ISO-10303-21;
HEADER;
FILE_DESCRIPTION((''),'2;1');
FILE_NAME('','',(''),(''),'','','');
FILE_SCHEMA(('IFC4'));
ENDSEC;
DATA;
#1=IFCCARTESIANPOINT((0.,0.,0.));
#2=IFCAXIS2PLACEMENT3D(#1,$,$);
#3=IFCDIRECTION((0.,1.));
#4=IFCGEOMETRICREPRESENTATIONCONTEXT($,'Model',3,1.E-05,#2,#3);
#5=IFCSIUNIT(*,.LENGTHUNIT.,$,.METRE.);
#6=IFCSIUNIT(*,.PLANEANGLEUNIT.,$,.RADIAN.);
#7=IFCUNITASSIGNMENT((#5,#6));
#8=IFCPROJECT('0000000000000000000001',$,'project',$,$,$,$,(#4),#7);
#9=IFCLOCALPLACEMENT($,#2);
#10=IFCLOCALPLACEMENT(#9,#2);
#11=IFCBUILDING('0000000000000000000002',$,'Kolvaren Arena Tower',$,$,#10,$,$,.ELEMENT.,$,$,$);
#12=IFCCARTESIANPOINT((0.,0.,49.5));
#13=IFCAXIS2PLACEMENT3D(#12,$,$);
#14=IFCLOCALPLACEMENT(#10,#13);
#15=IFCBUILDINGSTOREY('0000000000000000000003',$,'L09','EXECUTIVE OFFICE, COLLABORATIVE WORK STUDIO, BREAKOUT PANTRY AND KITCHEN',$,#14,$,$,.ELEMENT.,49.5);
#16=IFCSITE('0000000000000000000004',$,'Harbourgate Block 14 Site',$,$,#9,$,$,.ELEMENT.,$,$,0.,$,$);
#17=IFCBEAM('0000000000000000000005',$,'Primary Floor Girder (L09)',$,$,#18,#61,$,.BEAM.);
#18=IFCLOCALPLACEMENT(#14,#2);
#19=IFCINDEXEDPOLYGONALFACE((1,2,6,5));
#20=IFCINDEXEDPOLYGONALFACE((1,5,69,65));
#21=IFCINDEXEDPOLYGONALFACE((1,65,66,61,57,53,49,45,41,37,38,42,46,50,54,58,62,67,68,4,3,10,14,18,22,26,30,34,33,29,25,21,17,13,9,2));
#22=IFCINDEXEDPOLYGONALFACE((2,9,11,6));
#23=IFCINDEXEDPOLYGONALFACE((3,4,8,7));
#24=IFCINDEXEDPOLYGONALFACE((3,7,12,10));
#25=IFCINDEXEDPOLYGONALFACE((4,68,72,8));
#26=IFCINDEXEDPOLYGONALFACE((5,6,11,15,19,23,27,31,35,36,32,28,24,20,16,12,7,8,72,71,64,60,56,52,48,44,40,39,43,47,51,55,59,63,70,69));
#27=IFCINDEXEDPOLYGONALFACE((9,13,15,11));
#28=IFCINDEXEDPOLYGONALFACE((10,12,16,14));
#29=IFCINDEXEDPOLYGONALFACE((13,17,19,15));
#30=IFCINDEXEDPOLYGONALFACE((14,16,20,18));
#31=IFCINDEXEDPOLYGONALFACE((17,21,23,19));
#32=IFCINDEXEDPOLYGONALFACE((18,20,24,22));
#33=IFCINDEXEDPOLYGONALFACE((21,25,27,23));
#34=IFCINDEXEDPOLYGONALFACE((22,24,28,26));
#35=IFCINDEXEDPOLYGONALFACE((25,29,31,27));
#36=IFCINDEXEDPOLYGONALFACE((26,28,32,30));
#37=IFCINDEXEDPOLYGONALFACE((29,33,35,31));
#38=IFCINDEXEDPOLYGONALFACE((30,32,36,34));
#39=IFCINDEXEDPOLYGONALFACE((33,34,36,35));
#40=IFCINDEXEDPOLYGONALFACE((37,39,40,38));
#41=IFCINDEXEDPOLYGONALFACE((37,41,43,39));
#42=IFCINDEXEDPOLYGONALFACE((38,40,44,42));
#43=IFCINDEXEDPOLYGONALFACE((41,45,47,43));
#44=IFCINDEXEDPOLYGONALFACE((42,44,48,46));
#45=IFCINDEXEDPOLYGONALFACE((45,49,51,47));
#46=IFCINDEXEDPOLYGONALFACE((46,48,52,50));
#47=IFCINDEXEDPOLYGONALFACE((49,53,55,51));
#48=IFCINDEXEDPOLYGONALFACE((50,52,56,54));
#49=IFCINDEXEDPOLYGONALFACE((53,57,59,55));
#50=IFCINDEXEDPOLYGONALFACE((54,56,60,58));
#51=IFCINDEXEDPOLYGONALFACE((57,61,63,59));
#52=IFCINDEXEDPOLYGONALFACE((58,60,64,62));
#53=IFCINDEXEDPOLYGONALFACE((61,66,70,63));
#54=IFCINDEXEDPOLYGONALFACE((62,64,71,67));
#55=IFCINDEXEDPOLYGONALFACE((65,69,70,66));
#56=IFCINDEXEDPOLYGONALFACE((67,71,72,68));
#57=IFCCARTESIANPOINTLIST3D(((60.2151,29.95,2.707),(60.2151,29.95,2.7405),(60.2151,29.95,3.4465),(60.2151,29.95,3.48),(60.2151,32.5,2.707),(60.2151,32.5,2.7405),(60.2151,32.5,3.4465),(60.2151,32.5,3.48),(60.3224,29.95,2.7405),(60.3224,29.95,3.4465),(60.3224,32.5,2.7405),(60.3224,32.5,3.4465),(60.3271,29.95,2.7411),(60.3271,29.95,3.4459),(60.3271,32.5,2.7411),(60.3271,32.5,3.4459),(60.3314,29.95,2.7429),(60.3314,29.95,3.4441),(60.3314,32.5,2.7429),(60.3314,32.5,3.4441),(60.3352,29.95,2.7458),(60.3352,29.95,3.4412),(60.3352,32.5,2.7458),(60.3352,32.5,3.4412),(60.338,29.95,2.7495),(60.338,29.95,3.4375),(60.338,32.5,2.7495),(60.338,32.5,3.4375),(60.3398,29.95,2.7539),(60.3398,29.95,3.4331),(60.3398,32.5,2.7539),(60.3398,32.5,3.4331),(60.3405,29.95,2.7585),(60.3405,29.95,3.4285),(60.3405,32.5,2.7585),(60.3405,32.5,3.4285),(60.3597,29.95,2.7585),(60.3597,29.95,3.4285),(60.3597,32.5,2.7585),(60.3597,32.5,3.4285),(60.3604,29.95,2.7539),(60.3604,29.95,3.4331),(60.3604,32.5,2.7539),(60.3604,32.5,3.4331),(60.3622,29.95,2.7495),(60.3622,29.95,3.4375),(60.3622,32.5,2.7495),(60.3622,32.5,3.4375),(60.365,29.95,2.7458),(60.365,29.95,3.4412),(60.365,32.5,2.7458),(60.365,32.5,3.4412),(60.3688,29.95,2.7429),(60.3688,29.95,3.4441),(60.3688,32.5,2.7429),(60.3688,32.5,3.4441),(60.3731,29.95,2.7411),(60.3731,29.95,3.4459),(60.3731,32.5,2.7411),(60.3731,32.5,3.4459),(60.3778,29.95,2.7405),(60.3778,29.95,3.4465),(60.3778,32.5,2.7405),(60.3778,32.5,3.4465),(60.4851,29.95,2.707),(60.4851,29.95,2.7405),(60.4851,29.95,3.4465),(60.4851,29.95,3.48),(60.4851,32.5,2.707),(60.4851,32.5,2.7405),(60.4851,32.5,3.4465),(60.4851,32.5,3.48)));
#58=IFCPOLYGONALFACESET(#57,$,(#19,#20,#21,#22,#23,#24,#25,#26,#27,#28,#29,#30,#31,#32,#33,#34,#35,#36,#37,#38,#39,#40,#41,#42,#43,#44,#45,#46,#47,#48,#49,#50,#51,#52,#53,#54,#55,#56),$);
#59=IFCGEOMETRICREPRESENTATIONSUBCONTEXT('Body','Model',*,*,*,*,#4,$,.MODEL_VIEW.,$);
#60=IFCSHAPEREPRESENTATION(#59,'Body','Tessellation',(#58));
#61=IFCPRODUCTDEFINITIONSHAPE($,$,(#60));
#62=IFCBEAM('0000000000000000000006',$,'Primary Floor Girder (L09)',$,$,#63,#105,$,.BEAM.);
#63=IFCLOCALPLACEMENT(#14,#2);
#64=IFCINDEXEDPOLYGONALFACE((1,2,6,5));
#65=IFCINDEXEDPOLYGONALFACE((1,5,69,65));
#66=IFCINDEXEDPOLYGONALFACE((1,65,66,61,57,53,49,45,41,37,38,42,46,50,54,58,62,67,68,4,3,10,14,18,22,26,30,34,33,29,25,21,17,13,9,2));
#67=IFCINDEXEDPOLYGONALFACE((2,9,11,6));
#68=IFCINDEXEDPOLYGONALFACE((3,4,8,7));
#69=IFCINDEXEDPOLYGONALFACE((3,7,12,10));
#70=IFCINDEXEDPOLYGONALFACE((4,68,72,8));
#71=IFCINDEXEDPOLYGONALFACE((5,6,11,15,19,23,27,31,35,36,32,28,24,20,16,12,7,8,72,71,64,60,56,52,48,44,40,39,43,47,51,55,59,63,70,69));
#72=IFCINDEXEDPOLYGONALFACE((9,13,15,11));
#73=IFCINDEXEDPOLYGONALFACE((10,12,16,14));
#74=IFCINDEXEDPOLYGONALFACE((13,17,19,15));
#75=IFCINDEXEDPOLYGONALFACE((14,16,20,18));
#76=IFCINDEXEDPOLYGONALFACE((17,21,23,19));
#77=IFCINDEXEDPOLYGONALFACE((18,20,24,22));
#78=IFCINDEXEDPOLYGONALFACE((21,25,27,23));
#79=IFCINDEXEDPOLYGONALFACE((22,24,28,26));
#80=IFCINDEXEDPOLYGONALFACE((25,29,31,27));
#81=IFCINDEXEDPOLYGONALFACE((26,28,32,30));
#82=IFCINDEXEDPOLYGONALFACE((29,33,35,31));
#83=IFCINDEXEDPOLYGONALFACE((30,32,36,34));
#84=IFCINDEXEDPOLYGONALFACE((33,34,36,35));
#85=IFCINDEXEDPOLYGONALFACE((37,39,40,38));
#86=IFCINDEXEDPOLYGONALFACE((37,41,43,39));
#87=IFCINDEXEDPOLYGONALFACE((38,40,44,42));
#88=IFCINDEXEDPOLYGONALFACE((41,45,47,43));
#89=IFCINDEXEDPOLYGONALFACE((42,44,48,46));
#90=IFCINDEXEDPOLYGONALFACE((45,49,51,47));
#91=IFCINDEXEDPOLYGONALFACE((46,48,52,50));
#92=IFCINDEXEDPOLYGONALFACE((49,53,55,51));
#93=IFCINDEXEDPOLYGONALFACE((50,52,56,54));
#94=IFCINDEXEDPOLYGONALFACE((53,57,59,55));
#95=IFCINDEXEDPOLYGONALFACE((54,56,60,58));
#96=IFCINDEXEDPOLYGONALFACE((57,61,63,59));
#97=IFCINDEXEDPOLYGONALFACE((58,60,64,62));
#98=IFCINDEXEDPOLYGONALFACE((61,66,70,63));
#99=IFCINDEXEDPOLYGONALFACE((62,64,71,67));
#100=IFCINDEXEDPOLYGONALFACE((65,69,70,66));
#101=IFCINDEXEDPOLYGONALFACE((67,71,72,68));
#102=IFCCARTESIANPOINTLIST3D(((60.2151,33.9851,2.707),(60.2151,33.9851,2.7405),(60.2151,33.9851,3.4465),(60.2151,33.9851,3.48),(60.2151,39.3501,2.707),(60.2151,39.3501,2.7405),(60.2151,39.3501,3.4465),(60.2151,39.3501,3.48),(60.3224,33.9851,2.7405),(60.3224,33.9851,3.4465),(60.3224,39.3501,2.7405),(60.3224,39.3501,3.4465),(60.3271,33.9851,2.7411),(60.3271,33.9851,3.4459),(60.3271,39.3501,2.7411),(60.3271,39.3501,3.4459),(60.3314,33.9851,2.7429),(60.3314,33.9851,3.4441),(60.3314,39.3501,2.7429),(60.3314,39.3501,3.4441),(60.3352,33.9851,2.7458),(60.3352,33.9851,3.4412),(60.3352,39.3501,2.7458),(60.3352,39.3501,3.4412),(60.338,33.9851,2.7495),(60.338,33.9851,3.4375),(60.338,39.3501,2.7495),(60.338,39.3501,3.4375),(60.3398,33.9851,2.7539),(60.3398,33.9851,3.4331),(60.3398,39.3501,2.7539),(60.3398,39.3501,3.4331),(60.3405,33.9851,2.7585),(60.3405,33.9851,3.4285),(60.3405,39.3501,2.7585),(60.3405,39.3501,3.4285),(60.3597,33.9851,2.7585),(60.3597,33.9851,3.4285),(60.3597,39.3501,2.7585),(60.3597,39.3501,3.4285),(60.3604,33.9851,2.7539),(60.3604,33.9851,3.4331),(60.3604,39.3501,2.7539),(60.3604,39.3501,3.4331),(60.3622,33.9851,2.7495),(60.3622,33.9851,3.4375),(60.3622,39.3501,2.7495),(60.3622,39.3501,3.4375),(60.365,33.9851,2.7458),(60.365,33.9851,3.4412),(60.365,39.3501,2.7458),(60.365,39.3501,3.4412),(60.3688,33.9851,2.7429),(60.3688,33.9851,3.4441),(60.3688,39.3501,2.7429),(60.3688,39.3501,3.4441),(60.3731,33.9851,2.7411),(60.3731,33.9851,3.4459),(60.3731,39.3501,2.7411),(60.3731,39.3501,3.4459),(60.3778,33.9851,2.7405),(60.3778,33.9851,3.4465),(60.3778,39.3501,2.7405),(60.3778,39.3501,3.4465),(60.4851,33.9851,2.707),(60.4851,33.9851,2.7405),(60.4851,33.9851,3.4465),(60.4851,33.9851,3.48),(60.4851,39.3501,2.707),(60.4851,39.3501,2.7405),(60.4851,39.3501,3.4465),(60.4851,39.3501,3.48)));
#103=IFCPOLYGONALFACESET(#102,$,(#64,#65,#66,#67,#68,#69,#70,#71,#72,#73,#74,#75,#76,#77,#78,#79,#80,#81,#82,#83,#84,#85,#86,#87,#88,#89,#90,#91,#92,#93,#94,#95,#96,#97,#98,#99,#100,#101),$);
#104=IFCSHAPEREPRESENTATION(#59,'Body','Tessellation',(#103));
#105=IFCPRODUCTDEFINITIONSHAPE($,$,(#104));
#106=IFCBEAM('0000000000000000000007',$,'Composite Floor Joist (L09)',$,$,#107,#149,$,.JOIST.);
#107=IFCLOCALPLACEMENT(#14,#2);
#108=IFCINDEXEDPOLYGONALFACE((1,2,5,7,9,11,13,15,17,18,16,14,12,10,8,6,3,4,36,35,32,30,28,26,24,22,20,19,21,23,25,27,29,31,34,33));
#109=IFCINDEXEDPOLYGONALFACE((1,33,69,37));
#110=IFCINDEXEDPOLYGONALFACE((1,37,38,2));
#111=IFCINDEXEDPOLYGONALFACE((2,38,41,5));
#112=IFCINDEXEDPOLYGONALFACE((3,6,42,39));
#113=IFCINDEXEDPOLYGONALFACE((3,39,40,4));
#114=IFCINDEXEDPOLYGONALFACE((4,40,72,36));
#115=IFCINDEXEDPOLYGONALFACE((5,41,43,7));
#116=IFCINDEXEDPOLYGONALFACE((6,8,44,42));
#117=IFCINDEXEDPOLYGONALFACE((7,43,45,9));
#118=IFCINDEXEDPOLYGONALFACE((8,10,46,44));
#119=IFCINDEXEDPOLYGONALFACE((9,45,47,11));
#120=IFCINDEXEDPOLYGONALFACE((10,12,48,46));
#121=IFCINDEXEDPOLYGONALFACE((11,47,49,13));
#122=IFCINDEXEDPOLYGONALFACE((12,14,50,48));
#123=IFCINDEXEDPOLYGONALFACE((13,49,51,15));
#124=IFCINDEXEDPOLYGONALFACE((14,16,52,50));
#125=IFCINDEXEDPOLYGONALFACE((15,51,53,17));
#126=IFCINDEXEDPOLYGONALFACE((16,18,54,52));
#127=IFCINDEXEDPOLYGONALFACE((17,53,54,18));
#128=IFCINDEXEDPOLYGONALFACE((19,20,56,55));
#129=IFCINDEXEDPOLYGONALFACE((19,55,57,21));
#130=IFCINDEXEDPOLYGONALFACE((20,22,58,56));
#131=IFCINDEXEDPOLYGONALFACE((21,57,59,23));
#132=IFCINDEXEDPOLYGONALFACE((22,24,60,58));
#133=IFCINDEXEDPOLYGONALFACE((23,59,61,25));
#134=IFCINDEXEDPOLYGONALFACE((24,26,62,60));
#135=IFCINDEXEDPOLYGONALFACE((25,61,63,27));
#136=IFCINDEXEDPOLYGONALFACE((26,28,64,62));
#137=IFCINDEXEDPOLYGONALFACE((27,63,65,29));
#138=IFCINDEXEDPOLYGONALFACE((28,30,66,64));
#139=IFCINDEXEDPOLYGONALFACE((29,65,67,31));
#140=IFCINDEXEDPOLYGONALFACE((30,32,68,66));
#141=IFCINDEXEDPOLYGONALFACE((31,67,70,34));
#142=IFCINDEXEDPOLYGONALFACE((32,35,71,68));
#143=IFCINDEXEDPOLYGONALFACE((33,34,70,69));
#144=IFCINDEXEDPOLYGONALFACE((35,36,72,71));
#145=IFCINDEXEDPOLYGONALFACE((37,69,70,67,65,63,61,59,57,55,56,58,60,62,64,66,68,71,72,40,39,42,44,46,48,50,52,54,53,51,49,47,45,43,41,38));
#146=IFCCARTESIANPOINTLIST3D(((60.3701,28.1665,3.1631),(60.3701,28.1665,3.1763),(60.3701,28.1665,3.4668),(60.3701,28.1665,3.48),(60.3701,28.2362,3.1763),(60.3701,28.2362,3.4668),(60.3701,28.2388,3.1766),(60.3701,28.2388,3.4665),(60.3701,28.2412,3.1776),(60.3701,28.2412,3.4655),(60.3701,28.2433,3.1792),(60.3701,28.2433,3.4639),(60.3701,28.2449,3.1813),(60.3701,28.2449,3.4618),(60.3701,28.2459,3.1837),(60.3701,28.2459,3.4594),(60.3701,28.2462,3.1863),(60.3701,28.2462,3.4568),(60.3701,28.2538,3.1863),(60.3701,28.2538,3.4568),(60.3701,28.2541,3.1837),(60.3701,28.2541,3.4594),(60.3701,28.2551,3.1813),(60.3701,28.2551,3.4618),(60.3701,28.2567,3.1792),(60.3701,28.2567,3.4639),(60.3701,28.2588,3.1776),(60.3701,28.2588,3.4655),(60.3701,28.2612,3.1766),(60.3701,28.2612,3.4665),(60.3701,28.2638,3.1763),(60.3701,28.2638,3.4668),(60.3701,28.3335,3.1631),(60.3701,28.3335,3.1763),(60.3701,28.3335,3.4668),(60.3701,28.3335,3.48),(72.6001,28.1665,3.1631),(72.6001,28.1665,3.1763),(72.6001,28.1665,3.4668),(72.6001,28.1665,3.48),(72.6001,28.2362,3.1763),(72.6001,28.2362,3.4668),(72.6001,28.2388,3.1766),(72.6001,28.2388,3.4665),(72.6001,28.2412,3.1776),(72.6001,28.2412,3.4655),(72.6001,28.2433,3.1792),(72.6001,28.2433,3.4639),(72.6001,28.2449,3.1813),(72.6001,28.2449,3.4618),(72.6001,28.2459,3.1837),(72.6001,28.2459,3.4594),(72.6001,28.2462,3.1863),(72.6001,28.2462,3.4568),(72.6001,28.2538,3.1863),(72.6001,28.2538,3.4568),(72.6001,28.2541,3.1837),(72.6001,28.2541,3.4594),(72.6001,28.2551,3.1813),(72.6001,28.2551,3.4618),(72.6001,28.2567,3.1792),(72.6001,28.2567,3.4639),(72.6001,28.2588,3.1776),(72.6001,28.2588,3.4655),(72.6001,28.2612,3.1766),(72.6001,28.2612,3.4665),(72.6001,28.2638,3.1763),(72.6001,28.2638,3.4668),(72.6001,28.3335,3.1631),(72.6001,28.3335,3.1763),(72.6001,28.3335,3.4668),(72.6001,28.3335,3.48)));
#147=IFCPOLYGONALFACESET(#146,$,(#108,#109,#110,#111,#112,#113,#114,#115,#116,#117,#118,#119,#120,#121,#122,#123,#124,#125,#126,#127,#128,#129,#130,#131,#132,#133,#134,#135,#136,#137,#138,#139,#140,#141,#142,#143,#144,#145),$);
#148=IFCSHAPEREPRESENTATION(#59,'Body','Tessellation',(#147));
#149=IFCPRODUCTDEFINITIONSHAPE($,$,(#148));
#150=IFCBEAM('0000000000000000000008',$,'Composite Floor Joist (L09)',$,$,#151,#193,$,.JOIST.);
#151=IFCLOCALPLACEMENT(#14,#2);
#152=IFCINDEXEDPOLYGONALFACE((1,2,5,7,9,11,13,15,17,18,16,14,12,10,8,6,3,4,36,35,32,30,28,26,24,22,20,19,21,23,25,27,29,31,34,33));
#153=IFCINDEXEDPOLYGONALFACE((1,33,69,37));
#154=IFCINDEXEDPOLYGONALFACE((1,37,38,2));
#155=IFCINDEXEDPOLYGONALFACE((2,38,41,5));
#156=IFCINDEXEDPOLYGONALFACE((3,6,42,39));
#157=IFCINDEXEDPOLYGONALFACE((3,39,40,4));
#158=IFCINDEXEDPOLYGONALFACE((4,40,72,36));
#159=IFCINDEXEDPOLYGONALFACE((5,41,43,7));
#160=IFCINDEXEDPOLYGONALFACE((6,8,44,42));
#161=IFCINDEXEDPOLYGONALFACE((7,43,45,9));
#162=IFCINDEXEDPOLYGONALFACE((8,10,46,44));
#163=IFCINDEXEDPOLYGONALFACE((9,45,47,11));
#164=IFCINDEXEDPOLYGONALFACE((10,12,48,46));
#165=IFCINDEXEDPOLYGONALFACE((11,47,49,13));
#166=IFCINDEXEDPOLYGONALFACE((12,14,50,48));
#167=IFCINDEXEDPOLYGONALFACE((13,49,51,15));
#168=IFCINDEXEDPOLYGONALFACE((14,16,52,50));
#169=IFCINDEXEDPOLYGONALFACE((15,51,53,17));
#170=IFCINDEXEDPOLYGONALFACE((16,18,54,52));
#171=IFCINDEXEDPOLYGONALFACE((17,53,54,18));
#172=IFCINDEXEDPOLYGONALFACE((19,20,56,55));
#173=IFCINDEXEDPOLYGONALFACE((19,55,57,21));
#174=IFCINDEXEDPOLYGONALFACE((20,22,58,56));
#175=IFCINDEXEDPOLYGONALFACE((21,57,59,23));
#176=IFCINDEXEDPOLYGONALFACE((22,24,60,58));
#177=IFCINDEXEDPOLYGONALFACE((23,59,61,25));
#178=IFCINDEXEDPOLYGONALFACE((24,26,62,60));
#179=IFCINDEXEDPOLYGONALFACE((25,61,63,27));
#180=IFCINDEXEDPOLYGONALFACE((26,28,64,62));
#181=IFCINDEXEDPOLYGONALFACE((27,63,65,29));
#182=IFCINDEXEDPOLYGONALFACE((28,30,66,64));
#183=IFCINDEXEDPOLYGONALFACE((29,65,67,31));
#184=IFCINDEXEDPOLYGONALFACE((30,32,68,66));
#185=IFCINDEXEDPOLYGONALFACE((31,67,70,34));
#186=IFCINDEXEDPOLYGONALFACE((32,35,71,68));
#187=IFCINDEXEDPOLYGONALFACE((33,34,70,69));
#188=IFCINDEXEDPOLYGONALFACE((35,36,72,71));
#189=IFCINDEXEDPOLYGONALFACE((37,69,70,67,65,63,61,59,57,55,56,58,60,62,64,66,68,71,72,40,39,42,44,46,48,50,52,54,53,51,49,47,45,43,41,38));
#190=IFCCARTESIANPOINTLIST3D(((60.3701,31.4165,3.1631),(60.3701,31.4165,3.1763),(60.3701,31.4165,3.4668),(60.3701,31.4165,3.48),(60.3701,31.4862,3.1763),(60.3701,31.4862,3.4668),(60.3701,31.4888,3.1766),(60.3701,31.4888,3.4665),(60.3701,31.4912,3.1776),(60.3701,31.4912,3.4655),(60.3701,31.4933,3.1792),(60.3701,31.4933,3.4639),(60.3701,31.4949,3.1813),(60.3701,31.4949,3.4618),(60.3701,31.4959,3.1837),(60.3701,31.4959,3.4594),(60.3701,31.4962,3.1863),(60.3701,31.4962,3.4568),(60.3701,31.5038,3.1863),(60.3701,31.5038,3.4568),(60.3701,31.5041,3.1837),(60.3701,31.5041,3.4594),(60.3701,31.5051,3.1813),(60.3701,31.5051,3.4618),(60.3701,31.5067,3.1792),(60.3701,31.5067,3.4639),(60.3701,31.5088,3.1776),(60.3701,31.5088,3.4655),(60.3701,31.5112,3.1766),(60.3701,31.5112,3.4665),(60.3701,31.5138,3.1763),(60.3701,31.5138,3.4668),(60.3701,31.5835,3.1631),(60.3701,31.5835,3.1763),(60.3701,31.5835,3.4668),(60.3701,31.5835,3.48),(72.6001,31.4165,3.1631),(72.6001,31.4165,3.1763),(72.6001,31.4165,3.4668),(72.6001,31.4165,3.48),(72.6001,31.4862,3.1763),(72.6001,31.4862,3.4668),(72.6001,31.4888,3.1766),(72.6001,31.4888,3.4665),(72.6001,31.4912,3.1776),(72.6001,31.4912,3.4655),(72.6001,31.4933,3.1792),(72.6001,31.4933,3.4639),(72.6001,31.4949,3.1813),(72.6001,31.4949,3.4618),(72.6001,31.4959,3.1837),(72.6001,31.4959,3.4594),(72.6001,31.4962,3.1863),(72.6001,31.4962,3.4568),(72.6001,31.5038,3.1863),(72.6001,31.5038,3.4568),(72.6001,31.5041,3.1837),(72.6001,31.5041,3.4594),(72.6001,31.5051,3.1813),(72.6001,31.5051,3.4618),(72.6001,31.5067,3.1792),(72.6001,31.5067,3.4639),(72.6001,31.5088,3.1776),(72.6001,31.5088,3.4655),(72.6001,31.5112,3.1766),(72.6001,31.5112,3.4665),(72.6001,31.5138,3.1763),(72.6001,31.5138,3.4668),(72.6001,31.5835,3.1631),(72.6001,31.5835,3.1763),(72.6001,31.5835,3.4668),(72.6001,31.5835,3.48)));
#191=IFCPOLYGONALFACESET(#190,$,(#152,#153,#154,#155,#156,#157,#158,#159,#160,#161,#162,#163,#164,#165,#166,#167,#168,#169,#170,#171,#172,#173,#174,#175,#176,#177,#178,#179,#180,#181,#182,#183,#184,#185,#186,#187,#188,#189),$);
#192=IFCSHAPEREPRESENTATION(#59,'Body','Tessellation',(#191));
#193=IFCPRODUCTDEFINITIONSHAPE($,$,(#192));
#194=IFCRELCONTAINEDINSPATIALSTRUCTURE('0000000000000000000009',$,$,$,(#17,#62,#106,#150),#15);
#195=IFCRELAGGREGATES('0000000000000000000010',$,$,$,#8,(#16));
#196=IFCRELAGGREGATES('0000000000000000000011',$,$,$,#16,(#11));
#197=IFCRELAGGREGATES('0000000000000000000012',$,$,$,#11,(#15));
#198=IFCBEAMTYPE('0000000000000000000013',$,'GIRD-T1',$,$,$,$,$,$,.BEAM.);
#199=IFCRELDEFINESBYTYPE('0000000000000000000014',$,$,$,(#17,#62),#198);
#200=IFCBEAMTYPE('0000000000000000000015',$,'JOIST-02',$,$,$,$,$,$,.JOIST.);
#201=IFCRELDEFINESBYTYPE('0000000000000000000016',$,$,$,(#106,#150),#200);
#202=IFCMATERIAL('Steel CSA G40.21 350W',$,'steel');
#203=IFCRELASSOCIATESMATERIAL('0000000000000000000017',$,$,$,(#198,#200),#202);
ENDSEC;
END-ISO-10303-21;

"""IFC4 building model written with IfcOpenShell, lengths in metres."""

from ifc_helpers import new_model, si_unit, direction, frame, origin, origin_2d, place, context, subcontext, project, spatial, i_section, extrude, material, material_profile, profile_set, type_object, element, save


model = new_model("IFC4")

# Units and contexts
model_context = context("Model", 3, precision=1e-05, world=origin(), true_north=direction((0.0, 1.0)))
body_context = subcontext(model_context, "Body", "Model", "MODEL_VIEW")
ifc_project = project(units=[si_unit("LENGTHUNIT", "METRE"), si_unit("PLANEANGLEUNIT", "RADIAN")], contexts=[model_context])

# Site, building, storey
site_placement = place(None, origin())
site = spatial("IfcSite", under=ifc_project, at=site_placement, Name="Harbourgate Block 14 Site", CompositionType="ELEMENT", RefElevation=0.0)
building_placement = place(site_placement, origin())
building = spatial("IfcBuilding", under=site, at=building_placement, Name="Kolvaren Arena Tower", CompositionType="ELEMENT")
storey_placement = place(building_placement, frame((0.0, 0.0, 49.5)))
storey = spatial("IfcBuildingStorey", under=building, at=storey_placement, Name="L09", Description="EXECUTIVE OFFICE, COLLABORATIVE WORK STUDIO, BREAKOUT PANTRY AND KITCHEN", CompositionType="ELEMENT", Elevation=49.5)

# Beams
ifc_material_1 = material(Name="Steel CSA G40.21 350W", Category="steel")
ifc_material_profile_1 = material_profile(ifc_material_1, i_section(OverallWidth=0.27, OverallDepth=0.7729, WebThickness=0.0193, FlangeThickness=0.0334, FilletRadius=0.0181, at=origin_2d()), Name="W760x257")
ifc_profile_set_1 = profile_set([ifc_material_profile_1], Name="Steel CSA G40.21 350W")
beam_type_1 = type_object("IfcBeamType", Name="GIRD-T1", PredefinedType="BEAM", material=ifc_profile_set_1)
beam_1_placement = place(storey_placement, frame((60.3501, 29.95, 3.0935), z_axis=(0.0, 1.0, 0.0), x_axis=(-1.0, 0.0, 0.0)))
element("IfcBeam", 1, at=beam_1_placement, inside=storey, type_object=beam_type_1, Name="Primary Floor Girder (L09)", PredefinedType="BEAM", context=body_context, shape_type="SweptSolid", body=[
    extrude(i_section(OverallWidth=0.27, OverallDepth=0.7729, WebThickness=0.0193, FlangeThickness=0.0334, FilletRadius=0.0181, at=origin_2d()), origin(), (0.0, 0.0, 1.0), 2.55),
])
beam_2_placement = place(storey_placement, frame((60.3501, 33.9851, 3.0935), z_axis=(0.0, 1.0, 0.0), x_axis=(-1.0, 0.0, 0.0)))
element("IfcBeam", 2, at=beam_2_placement, inside=storey, type_object=beam_type_1, Name="Primary Floor Girder (L09)", PredefinedType="BEAM", context=body_context, shape_type="SweptSolid", body=[
    extrude(i_section(OverallWidth=0.27, OverallDepth=0.7729, WebThickness=0.0193, FlangeThickness=0.0334, FilletRadius=0.0181, at=origin_2d()), origin(), (0.0, 0.0, 1.0), 5.365),
])
ifc_material_profile_2 = material_profile(ifc_material_1, i_section(OverallWidth=0.167, OverallDepth=0.3169, WebThickness=0.0076, FlangeThickness=0.0132, FilletRadius=0.01, at=origin_2d()), Name="W310x52")
ifc_profile_set_2 = profile_set([ifc_material_profile_2], Name="Steel CSA G40.21 350W")
beam_type_2 = type_object("IfcBeamType", Name="JOIST-02", PredefinedType="JOIST", material=ifc_profile_set_2)
for number, where, z_axis, x_axis, name in (
    (3, (60.3701, 28.25, 3.3215), (1.0, 0.0, 0.0), (0.0, 1.0, 0.0), "Composite Floor Joist (L09)"),
    (4, (60.3701, 31.5, 3.3215), (1.0, 0.0, 0.0), (0.0, 1.0, 0.0), "Composite Floor Joist (L09)"),
):
    element("IfcBeam", number, at=place(storey_placement, frame(where, z_axis=z_axis, x_axis=x_axis)), inside=storey, type_object=beam_type_2, Name=name, PredefinedType="JOIST", context=body_context, shape_type="SweptSolid", body=[
        extrude(i_section(OverallWidth=0.167, OverallDepth=0.3169, WebThickness=0.0076, FlangeThickness=0.0132, FilletRadius=0.01, at=origin_2d()), origin(), (0.0, 0.0, 1.0), 12.23),
    ])

save(model, "model.ifc")
